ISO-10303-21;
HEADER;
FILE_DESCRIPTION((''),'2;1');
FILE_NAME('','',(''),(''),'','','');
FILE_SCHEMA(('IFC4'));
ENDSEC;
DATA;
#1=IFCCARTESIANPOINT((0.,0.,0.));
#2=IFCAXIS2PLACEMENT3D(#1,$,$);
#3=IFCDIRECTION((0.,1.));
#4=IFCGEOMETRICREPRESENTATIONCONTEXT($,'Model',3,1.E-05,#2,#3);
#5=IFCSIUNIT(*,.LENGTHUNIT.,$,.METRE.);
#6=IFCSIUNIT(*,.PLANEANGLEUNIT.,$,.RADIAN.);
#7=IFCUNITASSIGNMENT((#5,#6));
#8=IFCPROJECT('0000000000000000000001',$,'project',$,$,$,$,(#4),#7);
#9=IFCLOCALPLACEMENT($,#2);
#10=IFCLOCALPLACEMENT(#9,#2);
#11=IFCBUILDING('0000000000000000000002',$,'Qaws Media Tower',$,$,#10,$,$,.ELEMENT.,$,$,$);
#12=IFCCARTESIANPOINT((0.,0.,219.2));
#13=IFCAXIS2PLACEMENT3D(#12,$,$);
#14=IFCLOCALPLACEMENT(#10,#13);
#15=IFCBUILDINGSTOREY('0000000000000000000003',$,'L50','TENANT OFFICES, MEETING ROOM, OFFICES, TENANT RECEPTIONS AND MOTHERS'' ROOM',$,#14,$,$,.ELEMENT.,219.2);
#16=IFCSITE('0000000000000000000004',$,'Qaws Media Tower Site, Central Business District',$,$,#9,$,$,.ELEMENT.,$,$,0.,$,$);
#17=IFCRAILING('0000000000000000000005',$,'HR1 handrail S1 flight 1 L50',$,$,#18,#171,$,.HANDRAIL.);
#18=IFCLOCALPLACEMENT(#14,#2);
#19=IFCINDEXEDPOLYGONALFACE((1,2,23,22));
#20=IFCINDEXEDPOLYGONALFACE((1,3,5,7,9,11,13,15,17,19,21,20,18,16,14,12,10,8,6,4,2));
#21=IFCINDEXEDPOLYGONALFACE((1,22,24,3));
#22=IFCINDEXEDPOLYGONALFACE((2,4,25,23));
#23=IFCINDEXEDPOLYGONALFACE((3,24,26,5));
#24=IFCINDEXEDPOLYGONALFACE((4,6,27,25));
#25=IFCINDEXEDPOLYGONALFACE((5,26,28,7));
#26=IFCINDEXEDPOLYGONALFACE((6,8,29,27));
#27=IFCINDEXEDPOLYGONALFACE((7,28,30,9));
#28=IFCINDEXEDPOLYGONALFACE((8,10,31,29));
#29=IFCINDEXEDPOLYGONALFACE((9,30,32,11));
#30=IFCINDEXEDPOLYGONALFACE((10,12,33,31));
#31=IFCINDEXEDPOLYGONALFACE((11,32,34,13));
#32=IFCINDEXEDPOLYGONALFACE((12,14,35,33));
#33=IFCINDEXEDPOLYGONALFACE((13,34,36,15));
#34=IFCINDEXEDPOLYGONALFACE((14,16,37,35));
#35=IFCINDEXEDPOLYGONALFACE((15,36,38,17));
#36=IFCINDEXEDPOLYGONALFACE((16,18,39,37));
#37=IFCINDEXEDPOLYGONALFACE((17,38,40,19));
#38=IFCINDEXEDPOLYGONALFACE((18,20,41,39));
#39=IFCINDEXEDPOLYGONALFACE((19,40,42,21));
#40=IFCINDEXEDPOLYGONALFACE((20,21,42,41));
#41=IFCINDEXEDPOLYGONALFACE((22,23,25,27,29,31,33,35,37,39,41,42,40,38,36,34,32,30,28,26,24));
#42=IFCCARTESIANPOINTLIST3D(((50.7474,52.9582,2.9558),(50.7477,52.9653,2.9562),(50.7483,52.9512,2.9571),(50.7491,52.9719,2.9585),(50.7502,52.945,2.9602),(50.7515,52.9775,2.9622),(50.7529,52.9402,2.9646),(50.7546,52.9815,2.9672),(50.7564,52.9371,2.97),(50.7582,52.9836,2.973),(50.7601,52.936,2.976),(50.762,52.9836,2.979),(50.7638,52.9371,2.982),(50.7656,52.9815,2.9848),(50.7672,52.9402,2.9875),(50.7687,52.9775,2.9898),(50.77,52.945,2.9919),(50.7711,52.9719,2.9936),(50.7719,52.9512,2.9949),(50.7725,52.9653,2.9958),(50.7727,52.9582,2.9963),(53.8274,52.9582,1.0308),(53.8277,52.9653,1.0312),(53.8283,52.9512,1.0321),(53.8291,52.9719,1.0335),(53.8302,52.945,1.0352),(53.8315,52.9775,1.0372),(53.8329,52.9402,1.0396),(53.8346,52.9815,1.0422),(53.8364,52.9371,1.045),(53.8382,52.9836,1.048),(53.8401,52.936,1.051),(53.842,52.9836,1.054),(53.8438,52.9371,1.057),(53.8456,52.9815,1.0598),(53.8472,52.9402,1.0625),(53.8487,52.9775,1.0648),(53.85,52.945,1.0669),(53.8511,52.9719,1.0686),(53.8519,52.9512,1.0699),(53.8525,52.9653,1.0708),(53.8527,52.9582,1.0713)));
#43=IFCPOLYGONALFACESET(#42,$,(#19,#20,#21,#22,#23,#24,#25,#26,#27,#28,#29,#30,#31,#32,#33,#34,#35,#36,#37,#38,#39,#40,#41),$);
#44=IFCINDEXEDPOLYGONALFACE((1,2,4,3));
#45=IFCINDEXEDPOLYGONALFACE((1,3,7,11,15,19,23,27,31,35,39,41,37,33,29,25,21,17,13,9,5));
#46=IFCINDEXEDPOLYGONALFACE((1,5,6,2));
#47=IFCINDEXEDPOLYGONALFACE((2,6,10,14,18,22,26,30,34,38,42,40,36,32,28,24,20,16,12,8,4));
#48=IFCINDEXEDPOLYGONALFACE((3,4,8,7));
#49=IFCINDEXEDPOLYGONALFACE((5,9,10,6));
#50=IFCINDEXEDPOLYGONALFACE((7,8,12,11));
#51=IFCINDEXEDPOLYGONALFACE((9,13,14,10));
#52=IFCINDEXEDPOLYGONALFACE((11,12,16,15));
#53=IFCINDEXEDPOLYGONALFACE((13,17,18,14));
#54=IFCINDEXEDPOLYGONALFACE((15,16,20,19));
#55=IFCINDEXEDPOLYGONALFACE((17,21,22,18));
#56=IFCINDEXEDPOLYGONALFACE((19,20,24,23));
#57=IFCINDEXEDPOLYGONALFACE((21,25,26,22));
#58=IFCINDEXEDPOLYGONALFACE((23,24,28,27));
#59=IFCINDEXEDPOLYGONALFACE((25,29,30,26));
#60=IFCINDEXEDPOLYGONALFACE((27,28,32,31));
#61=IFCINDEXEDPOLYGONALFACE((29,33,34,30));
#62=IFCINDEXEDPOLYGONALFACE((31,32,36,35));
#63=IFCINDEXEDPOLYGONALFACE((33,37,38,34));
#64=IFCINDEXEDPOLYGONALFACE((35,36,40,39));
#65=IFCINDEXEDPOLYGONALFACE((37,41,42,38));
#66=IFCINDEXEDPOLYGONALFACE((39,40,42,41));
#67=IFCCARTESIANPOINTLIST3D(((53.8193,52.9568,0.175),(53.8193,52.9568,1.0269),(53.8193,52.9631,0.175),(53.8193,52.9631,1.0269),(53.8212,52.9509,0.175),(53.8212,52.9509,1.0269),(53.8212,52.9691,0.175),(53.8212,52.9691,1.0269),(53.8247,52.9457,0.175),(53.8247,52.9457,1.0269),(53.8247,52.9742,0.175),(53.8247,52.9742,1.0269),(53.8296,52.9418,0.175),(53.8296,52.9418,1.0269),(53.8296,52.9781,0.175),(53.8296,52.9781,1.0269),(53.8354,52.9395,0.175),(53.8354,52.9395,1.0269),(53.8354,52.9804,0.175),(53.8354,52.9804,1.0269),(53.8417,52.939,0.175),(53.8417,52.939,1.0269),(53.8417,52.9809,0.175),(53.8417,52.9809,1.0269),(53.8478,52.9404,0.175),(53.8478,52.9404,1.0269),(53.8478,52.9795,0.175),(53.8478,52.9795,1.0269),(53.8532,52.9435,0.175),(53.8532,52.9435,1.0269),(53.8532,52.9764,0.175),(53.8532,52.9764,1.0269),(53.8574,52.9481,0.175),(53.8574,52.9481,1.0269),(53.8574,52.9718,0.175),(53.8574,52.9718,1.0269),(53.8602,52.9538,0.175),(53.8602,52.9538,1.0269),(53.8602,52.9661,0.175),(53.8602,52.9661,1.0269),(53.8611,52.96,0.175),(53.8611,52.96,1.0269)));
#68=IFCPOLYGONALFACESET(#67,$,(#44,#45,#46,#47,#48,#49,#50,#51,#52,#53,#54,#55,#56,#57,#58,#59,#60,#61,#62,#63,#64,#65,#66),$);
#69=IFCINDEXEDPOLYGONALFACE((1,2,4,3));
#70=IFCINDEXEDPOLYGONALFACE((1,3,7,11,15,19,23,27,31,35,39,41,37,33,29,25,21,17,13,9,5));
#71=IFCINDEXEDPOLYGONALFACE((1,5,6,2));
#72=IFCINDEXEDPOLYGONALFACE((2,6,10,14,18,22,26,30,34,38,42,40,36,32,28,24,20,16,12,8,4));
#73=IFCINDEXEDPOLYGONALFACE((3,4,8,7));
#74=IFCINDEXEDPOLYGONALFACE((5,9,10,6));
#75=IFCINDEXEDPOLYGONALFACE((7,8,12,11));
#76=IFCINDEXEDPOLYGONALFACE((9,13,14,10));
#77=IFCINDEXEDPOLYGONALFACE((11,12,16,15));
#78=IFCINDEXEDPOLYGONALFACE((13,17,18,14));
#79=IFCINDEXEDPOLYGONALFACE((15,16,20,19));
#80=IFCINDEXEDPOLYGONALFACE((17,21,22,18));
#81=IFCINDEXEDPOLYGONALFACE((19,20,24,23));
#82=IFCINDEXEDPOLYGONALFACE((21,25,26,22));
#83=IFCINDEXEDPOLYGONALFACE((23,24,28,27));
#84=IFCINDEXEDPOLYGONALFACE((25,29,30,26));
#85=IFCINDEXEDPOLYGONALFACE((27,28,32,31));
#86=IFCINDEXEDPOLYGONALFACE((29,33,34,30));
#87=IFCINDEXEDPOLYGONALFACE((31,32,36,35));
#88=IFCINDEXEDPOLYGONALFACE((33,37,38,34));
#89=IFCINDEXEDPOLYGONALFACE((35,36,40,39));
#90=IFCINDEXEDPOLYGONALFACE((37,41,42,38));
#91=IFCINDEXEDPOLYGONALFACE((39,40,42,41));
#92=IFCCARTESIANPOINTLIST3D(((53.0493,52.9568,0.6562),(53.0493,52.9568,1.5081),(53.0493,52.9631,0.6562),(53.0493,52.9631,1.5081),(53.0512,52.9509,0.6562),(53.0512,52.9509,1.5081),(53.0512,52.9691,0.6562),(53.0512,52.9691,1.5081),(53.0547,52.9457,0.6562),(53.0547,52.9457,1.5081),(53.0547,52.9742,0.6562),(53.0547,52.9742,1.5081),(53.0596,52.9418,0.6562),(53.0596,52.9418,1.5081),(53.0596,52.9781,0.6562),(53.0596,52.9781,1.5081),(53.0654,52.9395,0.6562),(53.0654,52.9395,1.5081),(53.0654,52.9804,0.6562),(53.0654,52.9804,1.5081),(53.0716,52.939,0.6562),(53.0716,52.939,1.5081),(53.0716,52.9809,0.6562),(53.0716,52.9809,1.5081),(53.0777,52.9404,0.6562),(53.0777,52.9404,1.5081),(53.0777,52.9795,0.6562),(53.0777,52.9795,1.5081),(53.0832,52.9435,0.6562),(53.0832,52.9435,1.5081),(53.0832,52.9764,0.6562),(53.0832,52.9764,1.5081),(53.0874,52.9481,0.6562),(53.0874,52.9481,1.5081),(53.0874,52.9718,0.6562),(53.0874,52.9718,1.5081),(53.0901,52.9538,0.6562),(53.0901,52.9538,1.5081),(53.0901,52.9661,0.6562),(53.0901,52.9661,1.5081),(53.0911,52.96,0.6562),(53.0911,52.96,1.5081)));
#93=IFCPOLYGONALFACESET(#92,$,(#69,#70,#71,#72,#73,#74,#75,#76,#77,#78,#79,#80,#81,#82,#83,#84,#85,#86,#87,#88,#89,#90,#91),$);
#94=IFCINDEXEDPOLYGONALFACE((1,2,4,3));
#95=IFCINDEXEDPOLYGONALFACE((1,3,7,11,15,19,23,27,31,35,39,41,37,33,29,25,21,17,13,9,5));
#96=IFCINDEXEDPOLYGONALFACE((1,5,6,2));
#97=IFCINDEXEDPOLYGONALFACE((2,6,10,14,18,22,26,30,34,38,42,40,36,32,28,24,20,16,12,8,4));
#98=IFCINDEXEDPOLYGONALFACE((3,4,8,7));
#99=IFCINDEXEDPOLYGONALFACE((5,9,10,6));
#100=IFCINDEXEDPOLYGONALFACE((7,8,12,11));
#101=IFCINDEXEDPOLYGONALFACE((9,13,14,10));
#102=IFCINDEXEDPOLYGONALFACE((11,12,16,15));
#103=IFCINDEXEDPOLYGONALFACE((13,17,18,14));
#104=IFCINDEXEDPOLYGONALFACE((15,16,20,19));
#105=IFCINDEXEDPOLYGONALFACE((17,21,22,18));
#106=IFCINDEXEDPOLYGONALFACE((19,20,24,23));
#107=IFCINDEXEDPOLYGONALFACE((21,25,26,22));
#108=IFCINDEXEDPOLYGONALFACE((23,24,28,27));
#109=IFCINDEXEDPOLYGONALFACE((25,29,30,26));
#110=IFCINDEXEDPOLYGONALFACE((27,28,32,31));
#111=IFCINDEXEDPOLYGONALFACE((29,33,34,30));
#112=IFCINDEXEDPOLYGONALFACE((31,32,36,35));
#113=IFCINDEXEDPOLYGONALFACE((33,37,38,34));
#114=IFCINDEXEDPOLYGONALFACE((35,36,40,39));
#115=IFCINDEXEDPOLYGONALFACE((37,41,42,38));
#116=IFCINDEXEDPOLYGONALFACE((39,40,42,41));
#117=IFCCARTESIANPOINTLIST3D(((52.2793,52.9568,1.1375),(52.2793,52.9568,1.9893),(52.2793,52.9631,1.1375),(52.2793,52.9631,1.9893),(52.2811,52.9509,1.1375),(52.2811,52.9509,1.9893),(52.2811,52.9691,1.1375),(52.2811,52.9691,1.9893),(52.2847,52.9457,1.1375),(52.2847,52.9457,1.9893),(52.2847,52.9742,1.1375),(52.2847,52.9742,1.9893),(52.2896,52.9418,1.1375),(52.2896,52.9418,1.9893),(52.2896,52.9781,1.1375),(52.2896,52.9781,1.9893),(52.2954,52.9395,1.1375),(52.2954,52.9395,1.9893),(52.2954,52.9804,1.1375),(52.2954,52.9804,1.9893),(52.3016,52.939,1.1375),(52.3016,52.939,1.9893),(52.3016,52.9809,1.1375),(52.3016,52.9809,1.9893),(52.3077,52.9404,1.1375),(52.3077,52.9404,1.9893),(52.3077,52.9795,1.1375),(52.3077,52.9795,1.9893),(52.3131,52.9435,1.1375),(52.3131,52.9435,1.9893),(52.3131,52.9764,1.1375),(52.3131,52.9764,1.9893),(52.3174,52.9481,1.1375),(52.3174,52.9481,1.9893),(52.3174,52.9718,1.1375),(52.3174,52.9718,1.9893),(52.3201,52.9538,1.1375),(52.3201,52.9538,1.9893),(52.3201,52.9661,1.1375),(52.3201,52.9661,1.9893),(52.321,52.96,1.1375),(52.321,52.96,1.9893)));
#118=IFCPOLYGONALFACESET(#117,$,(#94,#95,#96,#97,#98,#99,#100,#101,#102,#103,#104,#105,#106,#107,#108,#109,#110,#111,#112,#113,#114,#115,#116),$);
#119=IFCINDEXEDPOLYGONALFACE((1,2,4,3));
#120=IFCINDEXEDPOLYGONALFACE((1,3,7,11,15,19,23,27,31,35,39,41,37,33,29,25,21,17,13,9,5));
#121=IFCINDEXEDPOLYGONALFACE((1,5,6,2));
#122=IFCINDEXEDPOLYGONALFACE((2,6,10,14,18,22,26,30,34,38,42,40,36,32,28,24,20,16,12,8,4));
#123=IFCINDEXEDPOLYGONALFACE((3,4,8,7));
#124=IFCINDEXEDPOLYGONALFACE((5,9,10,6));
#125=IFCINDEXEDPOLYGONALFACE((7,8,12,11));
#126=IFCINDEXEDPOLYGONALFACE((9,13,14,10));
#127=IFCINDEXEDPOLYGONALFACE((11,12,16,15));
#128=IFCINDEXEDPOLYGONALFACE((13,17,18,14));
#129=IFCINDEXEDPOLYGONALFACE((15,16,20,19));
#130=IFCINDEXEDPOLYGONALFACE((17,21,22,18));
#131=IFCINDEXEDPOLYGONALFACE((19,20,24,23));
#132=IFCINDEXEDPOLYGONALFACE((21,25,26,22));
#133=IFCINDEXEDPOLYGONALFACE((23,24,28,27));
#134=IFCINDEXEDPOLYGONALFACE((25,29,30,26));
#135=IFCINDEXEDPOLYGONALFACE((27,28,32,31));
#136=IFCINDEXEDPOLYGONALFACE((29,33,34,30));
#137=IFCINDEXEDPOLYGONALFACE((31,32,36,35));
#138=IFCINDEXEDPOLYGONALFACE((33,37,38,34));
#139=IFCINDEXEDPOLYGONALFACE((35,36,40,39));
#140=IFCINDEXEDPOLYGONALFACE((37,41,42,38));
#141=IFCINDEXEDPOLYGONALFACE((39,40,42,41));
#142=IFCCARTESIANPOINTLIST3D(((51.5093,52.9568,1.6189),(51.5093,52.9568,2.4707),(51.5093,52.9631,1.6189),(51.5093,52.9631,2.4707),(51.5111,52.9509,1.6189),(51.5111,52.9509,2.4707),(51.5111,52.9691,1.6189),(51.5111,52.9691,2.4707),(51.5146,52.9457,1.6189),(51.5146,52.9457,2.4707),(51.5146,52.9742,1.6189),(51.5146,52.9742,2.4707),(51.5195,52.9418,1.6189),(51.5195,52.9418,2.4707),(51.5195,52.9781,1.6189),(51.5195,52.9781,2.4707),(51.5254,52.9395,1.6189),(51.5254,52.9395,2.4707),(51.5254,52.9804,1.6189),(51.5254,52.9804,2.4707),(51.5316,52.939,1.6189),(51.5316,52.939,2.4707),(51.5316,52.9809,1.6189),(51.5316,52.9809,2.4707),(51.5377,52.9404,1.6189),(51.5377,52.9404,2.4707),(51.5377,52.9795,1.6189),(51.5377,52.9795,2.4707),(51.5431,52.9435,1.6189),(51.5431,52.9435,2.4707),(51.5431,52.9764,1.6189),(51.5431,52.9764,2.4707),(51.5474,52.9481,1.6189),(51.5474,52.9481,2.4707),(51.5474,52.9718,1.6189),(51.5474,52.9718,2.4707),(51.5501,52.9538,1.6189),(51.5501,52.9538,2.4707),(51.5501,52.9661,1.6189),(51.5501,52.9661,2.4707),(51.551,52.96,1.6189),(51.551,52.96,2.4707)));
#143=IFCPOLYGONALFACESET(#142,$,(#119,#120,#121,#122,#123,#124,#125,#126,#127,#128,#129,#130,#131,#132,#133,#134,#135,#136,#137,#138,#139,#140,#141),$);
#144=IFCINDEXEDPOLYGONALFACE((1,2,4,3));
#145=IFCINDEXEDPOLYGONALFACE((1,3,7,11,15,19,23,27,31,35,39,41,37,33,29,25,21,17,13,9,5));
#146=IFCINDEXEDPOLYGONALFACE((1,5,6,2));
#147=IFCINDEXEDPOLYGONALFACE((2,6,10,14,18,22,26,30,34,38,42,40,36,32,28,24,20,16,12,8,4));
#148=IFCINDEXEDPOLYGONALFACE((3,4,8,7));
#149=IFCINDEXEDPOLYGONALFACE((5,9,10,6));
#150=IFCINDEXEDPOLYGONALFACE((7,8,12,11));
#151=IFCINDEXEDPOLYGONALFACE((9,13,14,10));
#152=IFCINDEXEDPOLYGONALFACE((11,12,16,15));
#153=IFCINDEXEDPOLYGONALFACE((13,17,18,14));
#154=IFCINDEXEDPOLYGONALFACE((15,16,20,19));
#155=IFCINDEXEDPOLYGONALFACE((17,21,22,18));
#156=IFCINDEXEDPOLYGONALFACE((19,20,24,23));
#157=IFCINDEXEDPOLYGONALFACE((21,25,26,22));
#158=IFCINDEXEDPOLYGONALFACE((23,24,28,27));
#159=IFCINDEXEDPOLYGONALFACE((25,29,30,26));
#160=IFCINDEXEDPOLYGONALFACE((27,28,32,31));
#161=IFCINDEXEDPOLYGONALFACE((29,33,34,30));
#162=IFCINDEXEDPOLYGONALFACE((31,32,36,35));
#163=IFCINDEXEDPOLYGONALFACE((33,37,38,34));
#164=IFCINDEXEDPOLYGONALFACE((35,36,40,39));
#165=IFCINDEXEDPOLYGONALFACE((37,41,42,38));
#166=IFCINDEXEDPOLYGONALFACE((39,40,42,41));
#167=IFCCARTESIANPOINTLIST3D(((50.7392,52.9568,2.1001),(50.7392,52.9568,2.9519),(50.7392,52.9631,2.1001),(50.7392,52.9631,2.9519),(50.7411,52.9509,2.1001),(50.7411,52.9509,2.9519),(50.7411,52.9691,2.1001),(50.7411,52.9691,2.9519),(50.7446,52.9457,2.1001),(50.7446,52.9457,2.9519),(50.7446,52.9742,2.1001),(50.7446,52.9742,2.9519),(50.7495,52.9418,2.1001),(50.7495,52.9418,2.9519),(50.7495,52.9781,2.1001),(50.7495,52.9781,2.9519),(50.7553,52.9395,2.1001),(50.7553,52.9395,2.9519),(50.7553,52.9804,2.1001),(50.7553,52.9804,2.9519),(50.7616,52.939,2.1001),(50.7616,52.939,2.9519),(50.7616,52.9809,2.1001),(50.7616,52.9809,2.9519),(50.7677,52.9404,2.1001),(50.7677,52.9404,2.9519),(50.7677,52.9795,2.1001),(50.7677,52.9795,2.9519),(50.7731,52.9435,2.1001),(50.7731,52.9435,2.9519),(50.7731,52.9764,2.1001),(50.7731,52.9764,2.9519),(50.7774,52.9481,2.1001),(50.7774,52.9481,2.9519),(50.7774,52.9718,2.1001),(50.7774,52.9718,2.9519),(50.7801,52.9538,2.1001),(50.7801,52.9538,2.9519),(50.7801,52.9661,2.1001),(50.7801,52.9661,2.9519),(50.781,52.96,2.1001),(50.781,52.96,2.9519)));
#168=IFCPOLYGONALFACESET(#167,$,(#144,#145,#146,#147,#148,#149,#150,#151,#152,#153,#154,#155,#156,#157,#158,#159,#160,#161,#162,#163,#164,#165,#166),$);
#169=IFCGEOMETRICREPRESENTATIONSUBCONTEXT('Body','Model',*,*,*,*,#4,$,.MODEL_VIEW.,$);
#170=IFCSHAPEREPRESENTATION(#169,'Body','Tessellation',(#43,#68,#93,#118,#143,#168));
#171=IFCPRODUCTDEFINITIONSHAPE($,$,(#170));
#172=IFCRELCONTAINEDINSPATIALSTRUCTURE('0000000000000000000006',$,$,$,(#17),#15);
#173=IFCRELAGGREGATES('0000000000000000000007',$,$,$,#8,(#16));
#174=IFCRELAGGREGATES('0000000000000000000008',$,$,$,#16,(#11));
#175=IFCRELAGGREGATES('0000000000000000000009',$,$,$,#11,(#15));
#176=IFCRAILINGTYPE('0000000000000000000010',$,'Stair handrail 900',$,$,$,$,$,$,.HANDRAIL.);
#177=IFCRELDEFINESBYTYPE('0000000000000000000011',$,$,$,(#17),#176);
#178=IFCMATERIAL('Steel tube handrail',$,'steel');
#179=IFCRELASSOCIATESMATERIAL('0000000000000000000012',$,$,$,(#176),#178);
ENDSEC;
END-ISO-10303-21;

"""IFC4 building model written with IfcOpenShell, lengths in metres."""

from ifc_helpers import new_model, si_unit, direction, frame, origin, origin_2d, place, context, subcontext, project, spatial, circle, extrude, material, type_object, element, save


model = new_model("IFC4")

# Units and contexts
model_context = context("Model", 3, precision=1e-05, world=origin(), true_north=direction((0.0, 1.0)))
body_context = subcontext(model_context, "Body", "Model", "MODEL_VIEW")
ifc_project = project(units=[si_unit("LENGTHUNIT", "METRE"), si_unit("PLANEANGLEUNIT", "RADIAN")], contexts=[model_context])

# Site, building, storey
site_placement = place(None, origin())
site = spatial("IfcSite", under=ifc_project, at=site_placement, Name="Qaws Media Tower Site, Central Business District", CompositionType="ELEMENT", RefElevation=0.0)
building_placement = place(site_placement, origin())
building = spatial("IfcBuilding", under=site, at=building_placement, Name="Qaws Media Tower", CompositionType="ELEMENT")
storey_placement = place(building_placement, frame((0.0, 0.0, 219.2)))
storey = spatial("IfcBuildingStorey", under=building, at=storey_placement, Name="L50", Description="TENANT OFFICES, MEETING ROOM, OFFICES, TENANT RECEPTIONS AND MOTHERS' ROOM", CompositionType="ELEMENT", Elevation=219.2)

# Railing
ifc_material_1 = material(Name="Steel tube handrail", Category="steel")
railing_type = type_object("IfcRailingType", Name="Stair handrail 900", PredefinedType="HANDRAIL", material=ifc_material_1)
for number, where, name in (
    (1, (53.8401, 52.96, 0.175), "HR1 handrail S1 flight 1 L50"),
):
    element("IfcRailing", number, at=place(storey_placement, frame(where)), inside=storey, type_object=railing_type, Name=name, PredefinedType="HANDRAIL", context=body_context, shape_type="SweptSolid", body=[
        extrude(circle(Radius=0.0239, at=origin_2d()), frame((0.0, 0.0, 0.876), z_axis=(-0.847998, 0.0, 0.529999), x_axis=(0.0, -1.0, 0.0)), (0.0, 0.0, 1.0), 3.6321),
        extrude(circle(Radius=0.021, at=origin_2d()), origin(), (0.0, 0.0, 1.0), 0.8518),
        extrude(circle(Radius=0.021, at=origin_2d()), frame((-0.77, 0.0, 0.4812)), (0.0, 0.0, 1.0), 0.8518),
        extrude(circle(Radius=0.021, at=origin_2d()), frame((-1.54, 0.0, 0.9624)), (0.0, 0.0, 1.0), 0.8518),
        extrude(circle(Radius=0.021, at=origin_2d()), frame((-2.3101, 0.0, 1.4438)), (0.0, 0.0, 1.0), 0.8518),
        extrude(circle(Radius=0.021, at=origin_2d()), frame((-3.0801, 0.0, 1.925)), (0.0, 0.0, 1.0), 0.8518),
    ])

save(model, "model.ifc")
